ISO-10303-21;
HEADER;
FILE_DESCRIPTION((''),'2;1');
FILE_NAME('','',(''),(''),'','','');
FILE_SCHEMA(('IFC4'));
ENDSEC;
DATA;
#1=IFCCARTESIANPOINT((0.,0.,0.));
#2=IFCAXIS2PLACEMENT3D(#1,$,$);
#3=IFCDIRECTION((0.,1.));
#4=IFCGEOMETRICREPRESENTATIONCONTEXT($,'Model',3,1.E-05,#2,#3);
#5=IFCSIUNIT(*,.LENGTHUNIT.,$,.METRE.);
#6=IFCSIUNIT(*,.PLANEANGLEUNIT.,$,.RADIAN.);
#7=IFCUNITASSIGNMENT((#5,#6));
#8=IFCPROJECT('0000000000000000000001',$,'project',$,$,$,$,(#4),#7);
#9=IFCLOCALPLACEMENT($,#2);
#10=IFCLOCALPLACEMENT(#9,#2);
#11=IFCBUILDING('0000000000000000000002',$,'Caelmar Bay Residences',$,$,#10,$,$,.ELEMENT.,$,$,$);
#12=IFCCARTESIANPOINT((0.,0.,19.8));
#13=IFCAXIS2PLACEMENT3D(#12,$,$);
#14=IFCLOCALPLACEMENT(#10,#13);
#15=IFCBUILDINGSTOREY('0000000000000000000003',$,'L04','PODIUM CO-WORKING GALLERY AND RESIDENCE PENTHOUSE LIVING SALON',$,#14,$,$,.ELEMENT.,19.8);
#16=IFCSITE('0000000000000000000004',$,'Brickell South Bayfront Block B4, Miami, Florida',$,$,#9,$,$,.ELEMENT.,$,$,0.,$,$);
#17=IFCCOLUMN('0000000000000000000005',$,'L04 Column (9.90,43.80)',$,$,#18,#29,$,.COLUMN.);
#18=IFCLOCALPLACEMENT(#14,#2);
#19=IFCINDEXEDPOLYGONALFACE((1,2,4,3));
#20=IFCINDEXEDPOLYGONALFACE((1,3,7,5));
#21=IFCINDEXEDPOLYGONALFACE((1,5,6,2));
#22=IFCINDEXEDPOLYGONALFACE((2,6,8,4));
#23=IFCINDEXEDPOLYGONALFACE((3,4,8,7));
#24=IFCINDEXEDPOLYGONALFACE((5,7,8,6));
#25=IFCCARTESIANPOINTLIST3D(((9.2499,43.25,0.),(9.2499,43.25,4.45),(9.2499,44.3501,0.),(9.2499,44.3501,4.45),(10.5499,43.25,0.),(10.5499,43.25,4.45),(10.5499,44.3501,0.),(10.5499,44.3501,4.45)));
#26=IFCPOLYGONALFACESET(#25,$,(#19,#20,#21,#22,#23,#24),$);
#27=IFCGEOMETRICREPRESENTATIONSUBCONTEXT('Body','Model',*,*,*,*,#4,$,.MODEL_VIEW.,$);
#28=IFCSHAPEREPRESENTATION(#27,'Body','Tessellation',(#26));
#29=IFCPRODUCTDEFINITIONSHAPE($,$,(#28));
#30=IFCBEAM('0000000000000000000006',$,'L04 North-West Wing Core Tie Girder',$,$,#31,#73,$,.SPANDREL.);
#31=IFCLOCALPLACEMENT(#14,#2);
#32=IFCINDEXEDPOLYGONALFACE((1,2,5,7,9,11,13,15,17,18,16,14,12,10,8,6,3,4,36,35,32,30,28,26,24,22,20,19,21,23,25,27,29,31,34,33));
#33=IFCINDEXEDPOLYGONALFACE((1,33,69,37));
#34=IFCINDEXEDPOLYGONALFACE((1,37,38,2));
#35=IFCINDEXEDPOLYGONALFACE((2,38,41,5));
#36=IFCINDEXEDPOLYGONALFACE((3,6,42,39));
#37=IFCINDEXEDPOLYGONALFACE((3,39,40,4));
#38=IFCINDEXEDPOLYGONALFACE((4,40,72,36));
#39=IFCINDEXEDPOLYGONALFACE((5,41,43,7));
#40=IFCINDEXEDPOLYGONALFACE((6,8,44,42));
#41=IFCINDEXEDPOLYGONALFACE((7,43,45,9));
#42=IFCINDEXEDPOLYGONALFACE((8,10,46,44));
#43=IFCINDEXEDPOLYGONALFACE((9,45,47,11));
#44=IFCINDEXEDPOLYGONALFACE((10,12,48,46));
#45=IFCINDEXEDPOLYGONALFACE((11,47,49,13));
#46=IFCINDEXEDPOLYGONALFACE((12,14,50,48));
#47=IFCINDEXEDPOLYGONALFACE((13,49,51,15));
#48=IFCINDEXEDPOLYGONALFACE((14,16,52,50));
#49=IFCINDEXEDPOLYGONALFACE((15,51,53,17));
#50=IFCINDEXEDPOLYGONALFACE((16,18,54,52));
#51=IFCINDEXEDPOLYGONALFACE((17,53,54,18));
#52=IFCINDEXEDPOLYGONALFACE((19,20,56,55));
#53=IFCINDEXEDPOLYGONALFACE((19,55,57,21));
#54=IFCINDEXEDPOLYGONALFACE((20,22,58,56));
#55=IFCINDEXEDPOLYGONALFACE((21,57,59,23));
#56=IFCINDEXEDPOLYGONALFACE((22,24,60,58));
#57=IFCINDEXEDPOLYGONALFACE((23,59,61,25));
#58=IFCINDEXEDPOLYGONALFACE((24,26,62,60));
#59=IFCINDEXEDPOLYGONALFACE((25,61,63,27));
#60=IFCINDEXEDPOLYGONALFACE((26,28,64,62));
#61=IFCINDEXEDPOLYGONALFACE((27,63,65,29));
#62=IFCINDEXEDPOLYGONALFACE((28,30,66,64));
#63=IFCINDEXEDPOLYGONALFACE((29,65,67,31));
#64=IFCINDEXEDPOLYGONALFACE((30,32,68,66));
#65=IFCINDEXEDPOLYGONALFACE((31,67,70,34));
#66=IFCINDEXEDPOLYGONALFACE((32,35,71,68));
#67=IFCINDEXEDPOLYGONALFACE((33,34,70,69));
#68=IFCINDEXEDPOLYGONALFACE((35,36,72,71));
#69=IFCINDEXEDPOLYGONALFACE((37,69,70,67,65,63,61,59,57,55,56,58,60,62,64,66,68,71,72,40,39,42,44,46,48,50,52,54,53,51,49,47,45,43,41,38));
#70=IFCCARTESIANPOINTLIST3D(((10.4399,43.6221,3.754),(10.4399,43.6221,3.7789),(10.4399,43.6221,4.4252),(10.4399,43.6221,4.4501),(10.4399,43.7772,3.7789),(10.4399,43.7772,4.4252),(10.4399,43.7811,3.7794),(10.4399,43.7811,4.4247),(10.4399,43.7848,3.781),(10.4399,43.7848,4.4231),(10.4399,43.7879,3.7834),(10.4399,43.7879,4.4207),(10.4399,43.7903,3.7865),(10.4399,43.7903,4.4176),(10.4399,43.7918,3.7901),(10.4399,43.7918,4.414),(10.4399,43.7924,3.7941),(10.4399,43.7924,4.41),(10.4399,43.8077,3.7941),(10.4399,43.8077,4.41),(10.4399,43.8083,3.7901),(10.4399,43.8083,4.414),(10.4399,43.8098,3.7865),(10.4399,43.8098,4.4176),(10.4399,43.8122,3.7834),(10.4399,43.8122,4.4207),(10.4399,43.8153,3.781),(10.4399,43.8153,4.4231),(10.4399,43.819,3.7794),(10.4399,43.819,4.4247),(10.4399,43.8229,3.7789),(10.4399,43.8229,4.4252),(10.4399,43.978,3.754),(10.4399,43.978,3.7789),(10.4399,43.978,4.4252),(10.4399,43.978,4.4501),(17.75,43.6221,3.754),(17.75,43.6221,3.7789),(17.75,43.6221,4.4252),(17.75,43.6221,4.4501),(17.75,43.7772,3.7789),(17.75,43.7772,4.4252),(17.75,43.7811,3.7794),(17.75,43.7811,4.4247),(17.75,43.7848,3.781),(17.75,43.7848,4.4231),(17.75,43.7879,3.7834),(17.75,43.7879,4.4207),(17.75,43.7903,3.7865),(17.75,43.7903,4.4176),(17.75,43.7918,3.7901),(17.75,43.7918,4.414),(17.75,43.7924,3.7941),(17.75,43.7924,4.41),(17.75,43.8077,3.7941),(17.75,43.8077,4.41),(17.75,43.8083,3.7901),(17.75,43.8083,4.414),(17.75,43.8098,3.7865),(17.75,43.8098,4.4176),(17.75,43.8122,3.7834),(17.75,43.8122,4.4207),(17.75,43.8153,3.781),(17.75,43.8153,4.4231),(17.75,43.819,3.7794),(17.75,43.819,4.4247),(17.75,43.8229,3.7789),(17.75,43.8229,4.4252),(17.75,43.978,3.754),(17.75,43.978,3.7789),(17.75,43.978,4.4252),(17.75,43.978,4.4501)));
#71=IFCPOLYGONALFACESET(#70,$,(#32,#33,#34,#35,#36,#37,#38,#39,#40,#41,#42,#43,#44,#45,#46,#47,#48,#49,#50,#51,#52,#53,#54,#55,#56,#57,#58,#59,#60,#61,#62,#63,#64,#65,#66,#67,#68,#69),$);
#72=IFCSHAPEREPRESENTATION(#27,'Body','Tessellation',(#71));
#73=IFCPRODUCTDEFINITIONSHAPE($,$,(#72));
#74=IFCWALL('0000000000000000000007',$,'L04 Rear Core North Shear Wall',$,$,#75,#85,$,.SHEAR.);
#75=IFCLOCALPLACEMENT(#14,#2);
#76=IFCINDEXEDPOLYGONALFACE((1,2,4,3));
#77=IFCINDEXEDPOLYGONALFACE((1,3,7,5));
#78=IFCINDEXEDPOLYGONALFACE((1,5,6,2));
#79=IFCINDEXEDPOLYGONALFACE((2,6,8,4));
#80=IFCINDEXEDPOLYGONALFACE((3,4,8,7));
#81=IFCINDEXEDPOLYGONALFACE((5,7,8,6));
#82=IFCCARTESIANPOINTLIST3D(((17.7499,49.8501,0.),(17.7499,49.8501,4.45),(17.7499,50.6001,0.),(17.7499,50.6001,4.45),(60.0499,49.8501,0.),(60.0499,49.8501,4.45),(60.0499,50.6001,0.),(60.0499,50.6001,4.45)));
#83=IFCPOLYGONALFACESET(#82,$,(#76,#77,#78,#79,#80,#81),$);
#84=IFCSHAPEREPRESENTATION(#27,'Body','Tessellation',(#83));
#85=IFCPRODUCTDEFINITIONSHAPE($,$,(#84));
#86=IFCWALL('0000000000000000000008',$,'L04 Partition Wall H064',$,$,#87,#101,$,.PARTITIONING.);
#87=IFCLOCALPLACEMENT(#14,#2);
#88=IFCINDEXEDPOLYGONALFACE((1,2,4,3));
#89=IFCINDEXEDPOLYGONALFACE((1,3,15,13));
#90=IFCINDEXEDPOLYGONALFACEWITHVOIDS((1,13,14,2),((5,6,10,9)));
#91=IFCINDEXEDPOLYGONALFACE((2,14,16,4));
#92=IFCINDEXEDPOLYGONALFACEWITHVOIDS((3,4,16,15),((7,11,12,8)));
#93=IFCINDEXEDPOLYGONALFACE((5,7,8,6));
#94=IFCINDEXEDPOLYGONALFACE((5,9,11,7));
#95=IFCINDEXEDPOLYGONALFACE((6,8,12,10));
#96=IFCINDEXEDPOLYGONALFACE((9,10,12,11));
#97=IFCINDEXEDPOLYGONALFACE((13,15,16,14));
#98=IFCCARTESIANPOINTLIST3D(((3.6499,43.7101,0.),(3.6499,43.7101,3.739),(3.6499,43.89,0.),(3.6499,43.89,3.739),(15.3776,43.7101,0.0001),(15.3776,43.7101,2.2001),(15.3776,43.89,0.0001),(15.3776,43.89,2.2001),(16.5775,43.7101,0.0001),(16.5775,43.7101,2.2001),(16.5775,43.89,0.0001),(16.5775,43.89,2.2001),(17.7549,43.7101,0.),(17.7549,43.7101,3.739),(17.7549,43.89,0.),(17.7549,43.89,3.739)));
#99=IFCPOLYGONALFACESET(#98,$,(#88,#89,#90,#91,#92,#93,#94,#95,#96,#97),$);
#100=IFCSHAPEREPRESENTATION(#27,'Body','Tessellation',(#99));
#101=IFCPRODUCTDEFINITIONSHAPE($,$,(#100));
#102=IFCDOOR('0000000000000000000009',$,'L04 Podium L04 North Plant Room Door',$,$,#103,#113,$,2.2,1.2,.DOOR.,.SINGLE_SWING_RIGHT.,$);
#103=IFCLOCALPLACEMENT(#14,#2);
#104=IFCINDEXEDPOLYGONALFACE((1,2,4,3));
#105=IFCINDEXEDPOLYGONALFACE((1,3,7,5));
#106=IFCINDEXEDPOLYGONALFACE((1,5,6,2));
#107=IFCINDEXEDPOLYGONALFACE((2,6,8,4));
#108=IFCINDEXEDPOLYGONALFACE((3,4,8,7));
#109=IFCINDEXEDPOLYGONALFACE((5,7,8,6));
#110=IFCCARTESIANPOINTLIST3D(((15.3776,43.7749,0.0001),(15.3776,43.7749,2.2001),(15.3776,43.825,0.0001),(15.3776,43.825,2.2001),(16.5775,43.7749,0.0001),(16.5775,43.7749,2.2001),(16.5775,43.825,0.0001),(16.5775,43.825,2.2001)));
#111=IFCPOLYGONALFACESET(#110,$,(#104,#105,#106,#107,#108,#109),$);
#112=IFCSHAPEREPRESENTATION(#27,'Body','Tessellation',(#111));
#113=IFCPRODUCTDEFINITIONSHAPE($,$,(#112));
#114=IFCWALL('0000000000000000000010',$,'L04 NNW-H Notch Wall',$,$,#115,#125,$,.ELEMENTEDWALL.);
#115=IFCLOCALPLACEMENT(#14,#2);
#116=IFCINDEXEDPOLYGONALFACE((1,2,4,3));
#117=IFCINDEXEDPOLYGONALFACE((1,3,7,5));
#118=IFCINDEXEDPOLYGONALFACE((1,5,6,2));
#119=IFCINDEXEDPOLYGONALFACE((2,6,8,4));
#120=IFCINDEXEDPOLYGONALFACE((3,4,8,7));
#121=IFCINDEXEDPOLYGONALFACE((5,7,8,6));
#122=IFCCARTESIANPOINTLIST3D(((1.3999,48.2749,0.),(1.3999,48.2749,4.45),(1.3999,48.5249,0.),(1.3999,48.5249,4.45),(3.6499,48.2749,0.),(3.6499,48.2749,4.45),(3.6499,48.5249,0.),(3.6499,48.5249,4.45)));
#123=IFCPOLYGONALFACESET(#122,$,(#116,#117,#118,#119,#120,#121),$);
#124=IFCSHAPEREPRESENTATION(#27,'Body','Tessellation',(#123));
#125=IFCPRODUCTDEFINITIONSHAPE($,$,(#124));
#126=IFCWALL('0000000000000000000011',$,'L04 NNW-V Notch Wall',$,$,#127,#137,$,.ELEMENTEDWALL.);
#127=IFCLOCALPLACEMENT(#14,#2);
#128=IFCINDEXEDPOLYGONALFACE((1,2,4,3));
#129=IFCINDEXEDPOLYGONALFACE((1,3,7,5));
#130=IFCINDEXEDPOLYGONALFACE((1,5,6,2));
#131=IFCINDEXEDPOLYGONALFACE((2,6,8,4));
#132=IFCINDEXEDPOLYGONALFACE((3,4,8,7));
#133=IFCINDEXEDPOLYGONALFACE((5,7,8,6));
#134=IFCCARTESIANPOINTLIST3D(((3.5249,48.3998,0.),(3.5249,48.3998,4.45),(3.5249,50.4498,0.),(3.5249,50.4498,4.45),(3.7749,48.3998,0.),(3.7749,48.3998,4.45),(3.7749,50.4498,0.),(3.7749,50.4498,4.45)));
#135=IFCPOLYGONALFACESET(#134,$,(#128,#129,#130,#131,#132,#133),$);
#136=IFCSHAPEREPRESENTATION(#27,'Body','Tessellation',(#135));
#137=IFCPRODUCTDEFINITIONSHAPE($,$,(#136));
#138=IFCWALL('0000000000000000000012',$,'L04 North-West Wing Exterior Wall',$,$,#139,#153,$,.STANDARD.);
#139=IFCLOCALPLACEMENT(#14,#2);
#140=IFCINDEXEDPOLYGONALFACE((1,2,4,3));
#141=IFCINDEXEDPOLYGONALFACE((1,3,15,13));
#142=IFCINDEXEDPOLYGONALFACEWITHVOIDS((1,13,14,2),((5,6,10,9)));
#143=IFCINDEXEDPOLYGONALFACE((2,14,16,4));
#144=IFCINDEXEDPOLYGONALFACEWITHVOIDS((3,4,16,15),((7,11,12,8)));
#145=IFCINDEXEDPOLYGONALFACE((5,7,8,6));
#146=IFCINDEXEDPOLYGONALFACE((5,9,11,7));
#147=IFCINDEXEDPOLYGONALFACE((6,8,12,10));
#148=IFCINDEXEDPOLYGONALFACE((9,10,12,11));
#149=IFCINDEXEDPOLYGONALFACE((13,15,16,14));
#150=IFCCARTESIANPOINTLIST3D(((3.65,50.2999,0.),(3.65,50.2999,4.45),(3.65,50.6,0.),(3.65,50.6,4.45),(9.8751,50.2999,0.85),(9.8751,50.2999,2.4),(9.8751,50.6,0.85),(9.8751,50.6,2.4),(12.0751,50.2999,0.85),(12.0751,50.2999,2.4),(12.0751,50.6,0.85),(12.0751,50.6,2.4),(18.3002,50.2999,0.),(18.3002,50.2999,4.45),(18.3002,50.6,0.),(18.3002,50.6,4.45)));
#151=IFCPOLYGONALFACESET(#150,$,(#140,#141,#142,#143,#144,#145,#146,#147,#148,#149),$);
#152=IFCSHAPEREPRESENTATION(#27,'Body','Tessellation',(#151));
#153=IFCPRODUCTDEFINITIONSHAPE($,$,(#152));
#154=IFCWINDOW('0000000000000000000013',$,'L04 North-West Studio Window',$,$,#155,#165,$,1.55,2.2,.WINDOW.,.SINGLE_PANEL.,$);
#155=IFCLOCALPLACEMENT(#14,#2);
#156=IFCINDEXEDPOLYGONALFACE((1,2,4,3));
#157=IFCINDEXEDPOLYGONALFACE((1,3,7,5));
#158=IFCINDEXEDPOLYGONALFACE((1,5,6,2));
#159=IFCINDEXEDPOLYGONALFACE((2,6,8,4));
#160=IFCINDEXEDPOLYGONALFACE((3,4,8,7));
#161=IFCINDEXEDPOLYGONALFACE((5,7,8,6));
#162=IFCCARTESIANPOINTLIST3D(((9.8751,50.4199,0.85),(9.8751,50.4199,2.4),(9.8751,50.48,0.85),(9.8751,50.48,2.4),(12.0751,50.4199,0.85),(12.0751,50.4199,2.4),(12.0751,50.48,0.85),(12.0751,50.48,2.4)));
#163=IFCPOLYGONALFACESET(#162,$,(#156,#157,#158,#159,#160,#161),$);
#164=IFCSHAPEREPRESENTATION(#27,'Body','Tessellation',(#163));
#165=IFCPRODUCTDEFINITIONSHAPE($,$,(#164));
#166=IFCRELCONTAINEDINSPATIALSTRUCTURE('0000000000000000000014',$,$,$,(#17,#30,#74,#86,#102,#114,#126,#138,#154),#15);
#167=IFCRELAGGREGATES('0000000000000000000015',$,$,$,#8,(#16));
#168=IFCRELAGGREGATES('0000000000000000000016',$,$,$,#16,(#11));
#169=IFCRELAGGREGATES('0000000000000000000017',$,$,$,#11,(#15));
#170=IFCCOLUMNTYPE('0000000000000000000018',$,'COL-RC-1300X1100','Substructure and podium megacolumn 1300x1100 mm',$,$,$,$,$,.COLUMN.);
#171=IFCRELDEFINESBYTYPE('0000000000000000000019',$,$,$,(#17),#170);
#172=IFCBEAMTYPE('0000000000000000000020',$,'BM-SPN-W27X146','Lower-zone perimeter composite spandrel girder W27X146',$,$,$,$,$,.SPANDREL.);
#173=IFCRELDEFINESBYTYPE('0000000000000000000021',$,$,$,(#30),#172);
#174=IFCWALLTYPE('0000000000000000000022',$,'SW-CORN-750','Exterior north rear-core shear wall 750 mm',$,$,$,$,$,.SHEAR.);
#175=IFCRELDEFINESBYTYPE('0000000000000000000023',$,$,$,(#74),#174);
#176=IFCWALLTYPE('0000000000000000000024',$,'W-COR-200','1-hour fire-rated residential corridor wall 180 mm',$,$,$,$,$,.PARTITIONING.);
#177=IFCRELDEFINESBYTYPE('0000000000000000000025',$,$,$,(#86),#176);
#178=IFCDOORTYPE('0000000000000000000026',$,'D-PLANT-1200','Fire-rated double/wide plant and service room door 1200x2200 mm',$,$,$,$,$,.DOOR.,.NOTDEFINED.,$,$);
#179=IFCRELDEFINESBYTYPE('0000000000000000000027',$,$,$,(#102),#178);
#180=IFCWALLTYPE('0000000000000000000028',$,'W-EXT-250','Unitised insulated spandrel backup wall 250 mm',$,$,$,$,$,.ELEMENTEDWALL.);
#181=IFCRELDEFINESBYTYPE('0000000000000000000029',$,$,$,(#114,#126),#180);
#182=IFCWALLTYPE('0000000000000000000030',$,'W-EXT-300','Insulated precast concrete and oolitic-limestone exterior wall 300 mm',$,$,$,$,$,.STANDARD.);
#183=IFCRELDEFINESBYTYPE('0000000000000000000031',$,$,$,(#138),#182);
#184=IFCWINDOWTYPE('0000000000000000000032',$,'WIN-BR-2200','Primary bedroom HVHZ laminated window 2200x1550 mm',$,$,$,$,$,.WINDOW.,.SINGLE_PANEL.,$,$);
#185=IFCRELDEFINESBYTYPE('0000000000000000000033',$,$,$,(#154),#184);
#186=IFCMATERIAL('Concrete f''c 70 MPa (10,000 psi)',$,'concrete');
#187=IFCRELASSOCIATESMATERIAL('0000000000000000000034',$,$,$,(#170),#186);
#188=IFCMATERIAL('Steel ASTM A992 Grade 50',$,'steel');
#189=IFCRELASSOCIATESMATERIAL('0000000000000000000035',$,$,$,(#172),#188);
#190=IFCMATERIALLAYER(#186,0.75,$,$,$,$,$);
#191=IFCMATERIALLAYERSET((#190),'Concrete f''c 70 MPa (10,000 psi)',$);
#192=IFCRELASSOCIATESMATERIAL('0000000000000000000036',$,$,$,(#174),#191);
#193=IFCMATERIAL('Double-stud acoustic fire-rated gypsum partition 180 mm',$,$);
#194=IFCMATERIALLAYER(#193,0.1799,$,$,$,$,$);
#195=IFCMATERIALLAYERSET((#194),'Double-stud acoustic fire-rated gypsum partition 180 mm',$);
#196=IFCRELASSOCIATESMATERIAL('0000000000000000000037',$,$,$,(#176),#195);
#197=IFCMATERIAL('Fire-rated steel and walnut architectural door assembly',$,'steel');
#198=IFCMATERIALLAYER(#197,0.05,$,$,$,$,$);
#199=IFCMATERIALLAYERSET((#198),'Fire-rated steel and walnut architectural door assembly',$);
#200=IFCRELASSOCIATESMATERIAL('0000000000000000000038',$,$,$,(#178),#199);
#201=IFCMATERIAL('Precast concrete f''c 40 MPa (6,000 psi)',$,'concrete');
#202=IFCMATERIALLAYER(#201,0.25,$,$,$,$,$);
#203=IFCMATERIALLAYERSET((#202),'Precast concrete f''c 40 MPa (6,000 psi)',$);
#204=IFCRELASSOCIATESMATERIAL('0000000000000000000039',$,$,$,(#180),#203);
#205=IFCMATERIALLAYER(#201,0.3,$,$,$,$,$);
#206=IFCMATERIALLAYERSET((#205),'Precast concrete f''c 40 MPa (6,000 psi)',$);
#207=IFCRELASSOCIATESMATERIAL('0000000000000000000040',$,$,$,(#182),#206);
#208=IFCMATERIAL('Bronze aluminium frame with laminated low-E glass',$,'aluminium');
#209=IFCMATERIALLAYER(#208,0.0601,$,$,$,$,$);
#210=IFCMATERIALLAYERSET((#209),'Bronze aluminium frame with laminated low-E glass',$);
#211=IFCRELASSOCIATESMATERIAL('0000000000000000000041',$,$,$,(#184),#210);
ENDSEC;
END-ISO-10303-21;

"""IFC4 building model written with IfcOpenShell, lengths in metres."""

from ifc_helpers import new_model, si_unit, direction, frame, frame_2d, origin, origin_2d, place, context, subcontext, project, spatial, rectangle, i_section, extrude, material, layer, layer_set, material_profile, profile_set, type_object, element, fill, save


model = new_model("IFC4")

# Units and contexts
model_context = context("Model", 3, precision=1e-05, world=origin(), true_north=direction((0.0, 1.0)))
body_context = subcontext(model_context, "Body", "Model", "MODEL_VIEW")
ifc_project = project(units=[si_unit("LENGTHUNIT", "METRE"), si_unit("PLANEANGLEUNIT", "RADIAN")], contexts=[model_context])

# Site, building, storey
site_placement = place(None, origin())
site = spatial("IfcSite", under=ifc_project, at=site_placement, Name="Brickell South Bayfront Block B4, Miami, Florida", CompositionType="ELEMENT", RefElevation=0.0)
building_placement = place(site_placement, origin())
building = spatial("IfcBuilding", under=site, at=building_placement, Name="Caelmar Bay Residences", CompositionType="ELEMENT")
storey_placement = place(building_placement, frame((0.0, 0.0, 19.8)))
storey = spatial("IfcBuildingStorey", under=building, at=storey_placement, Name="L04", Description="PODIUM CO-WORKING GALLERY AND RESIDENCE PENTHOUSE LIVING SALON", CompositionType="ELEMENT", Elevation=19.8)

# Column
ifc_material_1 = material(Name="Concrete f'c 70 MPa (10,000 psi)", Category="concrete")
ifc_material_profile_1 = material_profile(ifc_material_1, rectangle(XDim=1.3, YDim=1.1001, at=origin_2d()), Name="RC-COL-1300X1100")
ifc_profile_set_1 = profile_set([ifc_material_profile_1], Name="Concrete f'c 70 MPa (10,000 psi)")
column_type = type_object("IfcColumnType", Name="COL-RC-1300X1100", Description="Substructure and podium megacolumn 1300x1100 mm", PredefinedType="COLUMN", material=ifc_profile_set_1)
column_placement = place(storey_placement, frame((9.8999, 43.8, 0.0), z_axis=(0.0, 0.0, 1.0), x_axis=(1.0, 0.0, 0.0)))
element("IfcColumn", 1, at=column_placement, inside=storey, type_object=column_type, Name="L04 Column (9.90,43.80)", PredefinedType="COLUMN", context=body_context, shape_type="SweptSolid", body=[
    extrude(rectangle(XDim=1.3, YDim=1.1001, at=origin_2d()), origin(), (0.0, 0.0, 1.0), 4.45),
])

# Beam
ifc_material_2 = material(Name="Steel ASTM A992 Grade 50", Category="steel")
ifc_material_profile_2 = material_profile(ifc_material_2, i_section(OverallWidth=0.356, OverallDepth=0.696, WebThickness=0.0154, FlangeThickness=0.0249, FilletRadius=0.0151, at=origin_2d()), Name="W27X146")
ifc_profile_set_2 = profile_set([ifc_material_profile_2], Name="Steel ASTM A992 Grade 50")
beam_type = type_object("IfcBeamType", Name="BM-SPN-W27X146", Description="Lower-zone perimeter composite spandrel girder W27X146", PredefinedType="SPANDREL", material=ifc_profile_set_2)
beam_placement = place(storey_placement, frame((10.4399, 43.8, 4.1021), z_axis=(1.0, 0.0, 0.0), x_axis=(0.0, 1.0, 0.0)))
element("IfcBeam", 2, at=beam_placement, inside=storey, type_object=beam_type, Name="L04 North-West Wing Core Tie Girder", PredefinedType="SPANDREL", context=body_context, shape_type="SweptSolid", body=[
    extrude(i_section(OverallWidth=0.356, OverallDepth=0.696, WebThickness=0.0154, FlangeThickness=0.0249, FilletRadius=0.0151, at=origin_2d()), origin(), (0.0, 0.0, 1.0), 7.3101),
])

# Shared definitions
ifc_material_3 = material(Name="Fire-rated steel and walnut architectural door assembly", Category="steel")

# Wall
ifc_layer_1 = layer(ifc_material_1, 0.75)
ifc_layer_set_1 = layer_set([ifc_layer_1], Name="Concrete f'c 70 MPa (10,000 psi)")
wall_type_1 = type_object("IfcWallType", Name="SW-CORN-750", Description="Exterior north rear-core shear wall 750 mm", PredefinedType="SHEAR", material=ifc_layer_set_1)
wall_1_placement = place(storey_placement, frame((17.75, 50.2251, 0.0), z_axis=(0.0, 0.0, 1.0), x_axis=(1.0, 0.0, 0.0)))
element("IfcWall", 3, at=wall_1_placement, inside=storey, type_object=wall_type_1, Name="L04 Rear Core North Shear Wall", PredefinedType="SHEAR", context=body_context, shape_type="SweptSolid", body=[
    extrude(rectangle(XDim=42.3, YDim=0.75, at=frame_2d((21.1499, 0.0))), origin(), (0.0, 0.0, 1.0), 4.45),
])

# Wall, opening, door
ifc_material_4 = material(Name="Double-stud acoustic fire-rated gypsum partition 180 mm")
ifc_layer_2 = layer(ifc_material_4, 0.1799)
ifc_layer_set_2 = layer_set([ifc_layer_2], Name="Double-stud acoustic fire-rated gypsum partition 180 mm")
wall_type_2 = type_object("IfcWallType", Name="W-COR-200", Description="1-hour fire-rated residential corridor wall 180 mm", PredefinedType="PARTITIONING", material=ifc_layer_set_2)
wall_2_placement = place(storey_placement, frame((3.6499, 43.8, 0.0), z_axis=(0.0, 0.0, 1.0), x_axis=(1.0, 0.0, 0.0)))
wall_2 = element("IfcWall", 4, at=wall_2_placement, inside=storey, type_object=wall_type_2, Name="L04 Partition Wall H064", PredefinedType="PARTITIONING", context=body_context, shape_type="SweptSolid", body=[
    extrude(rectangle(XDim=14.105, YDim=0.1799, at=frame_2d((7.0525, 0.0))), origin(), (0.0, 0.0, 1.0), 3.739),
])
opening_1_placement = place(wall_2_placement, frame((11.7275, 0.0, 0.0)))
opening_1 = element("IfcOpeningElement", 5, at=opening_1_placement, cuts=wall_2, PredefinedType="OPENING", context=body_context, shape_type="SweptSolid", body=[
    extrude(rectangle(XDim=1.2, YDim=2.2, at=frame_2d((0.6001, 1.1001))), frame((0.0, 0.0999, 0.0), z_axis=(0.0, -1.0, 0.0), x_axis=(1.0, 0.0, 0.0)), (0.0, 0.0, 1.0), 0.2),
])
ifc_layer_3 = layer(ifc_material_3, 0.05)
ifc_layer_set_3 = layer_set([ifc_layer_3], Name="Fire-rated steel and walnut architectural door assembly")
door_type_1 = type_object("IfcDoorType", Name="D-PLANT-1200", Description="Fire-rated double/wide plant and service room door 1200x2200 mm", OperationType="NOTDEFINED", PredefinedType="DOOR", material=ifc_layer_set_3)
door_1_placement = place(opening_1_placement, origin())
door_1 = element("IfcDoor", 6, at=door_1_placement, inside=storey, type_object=door_type_1, Name="L04 Podium L04 North Plant Room Door", OperationType="SINGLE_SWING_RIGHT", OverallHeight=2.2, OverallWidth=1.2, PredefinedType="DOOR", context=body_context, shape_type="SweptSolid", body=[
    extrude(rectangle(XDim=1.2, YDim=2.2, at=frame_2d((0.6001, 1.1001))), frame((0.0, 0.0249, 0.0), z_axis=(0.0, -1.0, 0.0), x_axis=(1.0, 0.0, 0.0)), (0.0, 0.0, 1.0), 0.05),
])
fill(opening_1, door_1)

# Walls
ifc_material_5 = material(Name="Precast concrete f'c 40 MPa (6,000 psi)", Category="concrete")
ifc_layer_4 = layer(ifc_material_5, 0.25)
ifc_layer_set_4 = layer_set([ifc_layer_4], Name="Precast concrete f'c 40 MPa (6,000 psi)")
wall_type_3 = type_object("IfcWallType", Name="W-EXT-250", Description="Unitised insulated spandrel backup wall 250 mm", PredefinedType="ELEMENTEDWALL", material=ifc_layer_set_4)
wall_3_placement = place(storey_placement, frame((1.3999, 48.3999, 0.0), z_axis=(0.0, 0.0, 1.0), x_axis=(1.0, 0.0, 0.0)))
element("IfcWall", 7, at=wall_3_placement, inside=storey, type_object=wall_type_3, Name="L04 NNW-H Notch Wall", PredefinedType="ELEMENTEDWALL", context=body_context, shape_type="SweptSolid", body=[
    extrude(rectangle(XDim=2.25, YDim=0.25, at=frame_2d((1.125, 0.0))), origin(), (0.0, 0.0, 1.0), 4.45),
])
wall_4_placement = place(storey_placement, frame((3.6499, 48.3999, 0.0), z_axis=(0.0, 0.0, 1.0), x_axis=(0.0, 1.0, 0.0)))
element("IfcWall", 8, at=wall_4_placement, inside=storey, type_object=wall_type_3, Name="L04 NNW-V Notch Wall", PredefinedType="ELEMENTEDWALL", context=body_context, shape_type="SweptSolid", body=[
    extrude(rectangle(XDim=2.05, YDim=0.25, at=frame_2d((1.0249, 0.0))), origin(), (0.0, 0.0, 1.0), 4.45),
])

# Wall, opening, window
ifc_layer_5 = layer(ifc_material_5, 0.3)
ifc_layer_set_5 = layer_set([ifc_layer_5], Name="Precast concrete f'c 40 MPa (6,000 psi)")
wall_type_4 = type_object("IfcWallType", Name="W-EXT-300", Description="Insulated precast concrete and oolitic-limestone exterior wall 300 mm", PredefinedType="STANDARD", material=ifc_layer_set_5)
wall_5_placement = place(storey_placement, frame((3.6499, 50.45, 0.0), z_axis=(0.0, 0.0, 1.0), x_axis=(1.0, 0.0, 0.0)))
wall_5 = element("IfcWall", 9, at=wall_5_placement, inside=storey, type_object=wall_type_4, Name="L04 North-West Wing Exterior Wall", PredefinedType="STANDARD", context=body_context, shape_type="SweptSolid", body=[
    extrude(rectangle(XDim=14.6501, YDim=0.3, at=frame_2d((7.3252, 0.0))), origin(), (0.0, 0.0, 1.0), 4.45),
])
opening_2_placement = place(wall_5_placement, frame((6.2251, 0.0, 0.8501)))
opening_2 = element("IfcOpeningElement", 10, at=opening_2_placement, cuts=wall_5, PredefinedType="OPENING", context=body_context, shape_type="SweptSolid", body=[
    extrude(rectangle(XDim=2.2, YDim=1.55, at=frame_2d((1.1001, 0.7749))), frame((0.0, 0.1599, 0.0), z_axis=(0.0, -1.0, 0.0), x_axis=(1.0, 0.0, 0.0)), (0.0, 0.0, 1.0), 0.3201),
])
ifc_material_6 = material(Name="Bronze aluminium frame with laminated low-E glass", Category="aluminium")
ifc_layer_6 = layer(ifc_material_6, 0.0601)
ifc_layer_set_6 = layer_set([ifc_layer_6], Name="Bronze aluminium frame with laminated low-E glass")
window_type = type_object("IfcWindowType", Name="WIN-BR-2200", Description="Primary bedroom HVHZ laminated window 2200x1550 mm", PartitioningType="SINGLE_PANEL", PredefinedType="WINDOW", material=ifc_layer_set_6)
window_placement = place(opening_2_placement, origin())
window = element("IfcWindow", 11, at=window_placement, inside=storey, type_object=window_type, Name="L04 North-West Studio Window", OverallHeight=1.55, OverallWidth=2.2, PartitioningType="SINGLE_PANEL", PredefinedType="WINDOW", context=body_context, shape_type="SweptSolid", body=[
    extrude(rectangle(XDim=2.2, YDim=1.55, at=frame_2d((1.1001, 0.7749))), frame((0.0, 0.03, 0.0), z_axis=(0.0, -1.0, 0.0), x_axis=(1.0, 0.0, 0.0)), (0.0, 0.0, 1.0), 0.0601),
])
fill(opening_2, window)

save(model, "model.ifc")
